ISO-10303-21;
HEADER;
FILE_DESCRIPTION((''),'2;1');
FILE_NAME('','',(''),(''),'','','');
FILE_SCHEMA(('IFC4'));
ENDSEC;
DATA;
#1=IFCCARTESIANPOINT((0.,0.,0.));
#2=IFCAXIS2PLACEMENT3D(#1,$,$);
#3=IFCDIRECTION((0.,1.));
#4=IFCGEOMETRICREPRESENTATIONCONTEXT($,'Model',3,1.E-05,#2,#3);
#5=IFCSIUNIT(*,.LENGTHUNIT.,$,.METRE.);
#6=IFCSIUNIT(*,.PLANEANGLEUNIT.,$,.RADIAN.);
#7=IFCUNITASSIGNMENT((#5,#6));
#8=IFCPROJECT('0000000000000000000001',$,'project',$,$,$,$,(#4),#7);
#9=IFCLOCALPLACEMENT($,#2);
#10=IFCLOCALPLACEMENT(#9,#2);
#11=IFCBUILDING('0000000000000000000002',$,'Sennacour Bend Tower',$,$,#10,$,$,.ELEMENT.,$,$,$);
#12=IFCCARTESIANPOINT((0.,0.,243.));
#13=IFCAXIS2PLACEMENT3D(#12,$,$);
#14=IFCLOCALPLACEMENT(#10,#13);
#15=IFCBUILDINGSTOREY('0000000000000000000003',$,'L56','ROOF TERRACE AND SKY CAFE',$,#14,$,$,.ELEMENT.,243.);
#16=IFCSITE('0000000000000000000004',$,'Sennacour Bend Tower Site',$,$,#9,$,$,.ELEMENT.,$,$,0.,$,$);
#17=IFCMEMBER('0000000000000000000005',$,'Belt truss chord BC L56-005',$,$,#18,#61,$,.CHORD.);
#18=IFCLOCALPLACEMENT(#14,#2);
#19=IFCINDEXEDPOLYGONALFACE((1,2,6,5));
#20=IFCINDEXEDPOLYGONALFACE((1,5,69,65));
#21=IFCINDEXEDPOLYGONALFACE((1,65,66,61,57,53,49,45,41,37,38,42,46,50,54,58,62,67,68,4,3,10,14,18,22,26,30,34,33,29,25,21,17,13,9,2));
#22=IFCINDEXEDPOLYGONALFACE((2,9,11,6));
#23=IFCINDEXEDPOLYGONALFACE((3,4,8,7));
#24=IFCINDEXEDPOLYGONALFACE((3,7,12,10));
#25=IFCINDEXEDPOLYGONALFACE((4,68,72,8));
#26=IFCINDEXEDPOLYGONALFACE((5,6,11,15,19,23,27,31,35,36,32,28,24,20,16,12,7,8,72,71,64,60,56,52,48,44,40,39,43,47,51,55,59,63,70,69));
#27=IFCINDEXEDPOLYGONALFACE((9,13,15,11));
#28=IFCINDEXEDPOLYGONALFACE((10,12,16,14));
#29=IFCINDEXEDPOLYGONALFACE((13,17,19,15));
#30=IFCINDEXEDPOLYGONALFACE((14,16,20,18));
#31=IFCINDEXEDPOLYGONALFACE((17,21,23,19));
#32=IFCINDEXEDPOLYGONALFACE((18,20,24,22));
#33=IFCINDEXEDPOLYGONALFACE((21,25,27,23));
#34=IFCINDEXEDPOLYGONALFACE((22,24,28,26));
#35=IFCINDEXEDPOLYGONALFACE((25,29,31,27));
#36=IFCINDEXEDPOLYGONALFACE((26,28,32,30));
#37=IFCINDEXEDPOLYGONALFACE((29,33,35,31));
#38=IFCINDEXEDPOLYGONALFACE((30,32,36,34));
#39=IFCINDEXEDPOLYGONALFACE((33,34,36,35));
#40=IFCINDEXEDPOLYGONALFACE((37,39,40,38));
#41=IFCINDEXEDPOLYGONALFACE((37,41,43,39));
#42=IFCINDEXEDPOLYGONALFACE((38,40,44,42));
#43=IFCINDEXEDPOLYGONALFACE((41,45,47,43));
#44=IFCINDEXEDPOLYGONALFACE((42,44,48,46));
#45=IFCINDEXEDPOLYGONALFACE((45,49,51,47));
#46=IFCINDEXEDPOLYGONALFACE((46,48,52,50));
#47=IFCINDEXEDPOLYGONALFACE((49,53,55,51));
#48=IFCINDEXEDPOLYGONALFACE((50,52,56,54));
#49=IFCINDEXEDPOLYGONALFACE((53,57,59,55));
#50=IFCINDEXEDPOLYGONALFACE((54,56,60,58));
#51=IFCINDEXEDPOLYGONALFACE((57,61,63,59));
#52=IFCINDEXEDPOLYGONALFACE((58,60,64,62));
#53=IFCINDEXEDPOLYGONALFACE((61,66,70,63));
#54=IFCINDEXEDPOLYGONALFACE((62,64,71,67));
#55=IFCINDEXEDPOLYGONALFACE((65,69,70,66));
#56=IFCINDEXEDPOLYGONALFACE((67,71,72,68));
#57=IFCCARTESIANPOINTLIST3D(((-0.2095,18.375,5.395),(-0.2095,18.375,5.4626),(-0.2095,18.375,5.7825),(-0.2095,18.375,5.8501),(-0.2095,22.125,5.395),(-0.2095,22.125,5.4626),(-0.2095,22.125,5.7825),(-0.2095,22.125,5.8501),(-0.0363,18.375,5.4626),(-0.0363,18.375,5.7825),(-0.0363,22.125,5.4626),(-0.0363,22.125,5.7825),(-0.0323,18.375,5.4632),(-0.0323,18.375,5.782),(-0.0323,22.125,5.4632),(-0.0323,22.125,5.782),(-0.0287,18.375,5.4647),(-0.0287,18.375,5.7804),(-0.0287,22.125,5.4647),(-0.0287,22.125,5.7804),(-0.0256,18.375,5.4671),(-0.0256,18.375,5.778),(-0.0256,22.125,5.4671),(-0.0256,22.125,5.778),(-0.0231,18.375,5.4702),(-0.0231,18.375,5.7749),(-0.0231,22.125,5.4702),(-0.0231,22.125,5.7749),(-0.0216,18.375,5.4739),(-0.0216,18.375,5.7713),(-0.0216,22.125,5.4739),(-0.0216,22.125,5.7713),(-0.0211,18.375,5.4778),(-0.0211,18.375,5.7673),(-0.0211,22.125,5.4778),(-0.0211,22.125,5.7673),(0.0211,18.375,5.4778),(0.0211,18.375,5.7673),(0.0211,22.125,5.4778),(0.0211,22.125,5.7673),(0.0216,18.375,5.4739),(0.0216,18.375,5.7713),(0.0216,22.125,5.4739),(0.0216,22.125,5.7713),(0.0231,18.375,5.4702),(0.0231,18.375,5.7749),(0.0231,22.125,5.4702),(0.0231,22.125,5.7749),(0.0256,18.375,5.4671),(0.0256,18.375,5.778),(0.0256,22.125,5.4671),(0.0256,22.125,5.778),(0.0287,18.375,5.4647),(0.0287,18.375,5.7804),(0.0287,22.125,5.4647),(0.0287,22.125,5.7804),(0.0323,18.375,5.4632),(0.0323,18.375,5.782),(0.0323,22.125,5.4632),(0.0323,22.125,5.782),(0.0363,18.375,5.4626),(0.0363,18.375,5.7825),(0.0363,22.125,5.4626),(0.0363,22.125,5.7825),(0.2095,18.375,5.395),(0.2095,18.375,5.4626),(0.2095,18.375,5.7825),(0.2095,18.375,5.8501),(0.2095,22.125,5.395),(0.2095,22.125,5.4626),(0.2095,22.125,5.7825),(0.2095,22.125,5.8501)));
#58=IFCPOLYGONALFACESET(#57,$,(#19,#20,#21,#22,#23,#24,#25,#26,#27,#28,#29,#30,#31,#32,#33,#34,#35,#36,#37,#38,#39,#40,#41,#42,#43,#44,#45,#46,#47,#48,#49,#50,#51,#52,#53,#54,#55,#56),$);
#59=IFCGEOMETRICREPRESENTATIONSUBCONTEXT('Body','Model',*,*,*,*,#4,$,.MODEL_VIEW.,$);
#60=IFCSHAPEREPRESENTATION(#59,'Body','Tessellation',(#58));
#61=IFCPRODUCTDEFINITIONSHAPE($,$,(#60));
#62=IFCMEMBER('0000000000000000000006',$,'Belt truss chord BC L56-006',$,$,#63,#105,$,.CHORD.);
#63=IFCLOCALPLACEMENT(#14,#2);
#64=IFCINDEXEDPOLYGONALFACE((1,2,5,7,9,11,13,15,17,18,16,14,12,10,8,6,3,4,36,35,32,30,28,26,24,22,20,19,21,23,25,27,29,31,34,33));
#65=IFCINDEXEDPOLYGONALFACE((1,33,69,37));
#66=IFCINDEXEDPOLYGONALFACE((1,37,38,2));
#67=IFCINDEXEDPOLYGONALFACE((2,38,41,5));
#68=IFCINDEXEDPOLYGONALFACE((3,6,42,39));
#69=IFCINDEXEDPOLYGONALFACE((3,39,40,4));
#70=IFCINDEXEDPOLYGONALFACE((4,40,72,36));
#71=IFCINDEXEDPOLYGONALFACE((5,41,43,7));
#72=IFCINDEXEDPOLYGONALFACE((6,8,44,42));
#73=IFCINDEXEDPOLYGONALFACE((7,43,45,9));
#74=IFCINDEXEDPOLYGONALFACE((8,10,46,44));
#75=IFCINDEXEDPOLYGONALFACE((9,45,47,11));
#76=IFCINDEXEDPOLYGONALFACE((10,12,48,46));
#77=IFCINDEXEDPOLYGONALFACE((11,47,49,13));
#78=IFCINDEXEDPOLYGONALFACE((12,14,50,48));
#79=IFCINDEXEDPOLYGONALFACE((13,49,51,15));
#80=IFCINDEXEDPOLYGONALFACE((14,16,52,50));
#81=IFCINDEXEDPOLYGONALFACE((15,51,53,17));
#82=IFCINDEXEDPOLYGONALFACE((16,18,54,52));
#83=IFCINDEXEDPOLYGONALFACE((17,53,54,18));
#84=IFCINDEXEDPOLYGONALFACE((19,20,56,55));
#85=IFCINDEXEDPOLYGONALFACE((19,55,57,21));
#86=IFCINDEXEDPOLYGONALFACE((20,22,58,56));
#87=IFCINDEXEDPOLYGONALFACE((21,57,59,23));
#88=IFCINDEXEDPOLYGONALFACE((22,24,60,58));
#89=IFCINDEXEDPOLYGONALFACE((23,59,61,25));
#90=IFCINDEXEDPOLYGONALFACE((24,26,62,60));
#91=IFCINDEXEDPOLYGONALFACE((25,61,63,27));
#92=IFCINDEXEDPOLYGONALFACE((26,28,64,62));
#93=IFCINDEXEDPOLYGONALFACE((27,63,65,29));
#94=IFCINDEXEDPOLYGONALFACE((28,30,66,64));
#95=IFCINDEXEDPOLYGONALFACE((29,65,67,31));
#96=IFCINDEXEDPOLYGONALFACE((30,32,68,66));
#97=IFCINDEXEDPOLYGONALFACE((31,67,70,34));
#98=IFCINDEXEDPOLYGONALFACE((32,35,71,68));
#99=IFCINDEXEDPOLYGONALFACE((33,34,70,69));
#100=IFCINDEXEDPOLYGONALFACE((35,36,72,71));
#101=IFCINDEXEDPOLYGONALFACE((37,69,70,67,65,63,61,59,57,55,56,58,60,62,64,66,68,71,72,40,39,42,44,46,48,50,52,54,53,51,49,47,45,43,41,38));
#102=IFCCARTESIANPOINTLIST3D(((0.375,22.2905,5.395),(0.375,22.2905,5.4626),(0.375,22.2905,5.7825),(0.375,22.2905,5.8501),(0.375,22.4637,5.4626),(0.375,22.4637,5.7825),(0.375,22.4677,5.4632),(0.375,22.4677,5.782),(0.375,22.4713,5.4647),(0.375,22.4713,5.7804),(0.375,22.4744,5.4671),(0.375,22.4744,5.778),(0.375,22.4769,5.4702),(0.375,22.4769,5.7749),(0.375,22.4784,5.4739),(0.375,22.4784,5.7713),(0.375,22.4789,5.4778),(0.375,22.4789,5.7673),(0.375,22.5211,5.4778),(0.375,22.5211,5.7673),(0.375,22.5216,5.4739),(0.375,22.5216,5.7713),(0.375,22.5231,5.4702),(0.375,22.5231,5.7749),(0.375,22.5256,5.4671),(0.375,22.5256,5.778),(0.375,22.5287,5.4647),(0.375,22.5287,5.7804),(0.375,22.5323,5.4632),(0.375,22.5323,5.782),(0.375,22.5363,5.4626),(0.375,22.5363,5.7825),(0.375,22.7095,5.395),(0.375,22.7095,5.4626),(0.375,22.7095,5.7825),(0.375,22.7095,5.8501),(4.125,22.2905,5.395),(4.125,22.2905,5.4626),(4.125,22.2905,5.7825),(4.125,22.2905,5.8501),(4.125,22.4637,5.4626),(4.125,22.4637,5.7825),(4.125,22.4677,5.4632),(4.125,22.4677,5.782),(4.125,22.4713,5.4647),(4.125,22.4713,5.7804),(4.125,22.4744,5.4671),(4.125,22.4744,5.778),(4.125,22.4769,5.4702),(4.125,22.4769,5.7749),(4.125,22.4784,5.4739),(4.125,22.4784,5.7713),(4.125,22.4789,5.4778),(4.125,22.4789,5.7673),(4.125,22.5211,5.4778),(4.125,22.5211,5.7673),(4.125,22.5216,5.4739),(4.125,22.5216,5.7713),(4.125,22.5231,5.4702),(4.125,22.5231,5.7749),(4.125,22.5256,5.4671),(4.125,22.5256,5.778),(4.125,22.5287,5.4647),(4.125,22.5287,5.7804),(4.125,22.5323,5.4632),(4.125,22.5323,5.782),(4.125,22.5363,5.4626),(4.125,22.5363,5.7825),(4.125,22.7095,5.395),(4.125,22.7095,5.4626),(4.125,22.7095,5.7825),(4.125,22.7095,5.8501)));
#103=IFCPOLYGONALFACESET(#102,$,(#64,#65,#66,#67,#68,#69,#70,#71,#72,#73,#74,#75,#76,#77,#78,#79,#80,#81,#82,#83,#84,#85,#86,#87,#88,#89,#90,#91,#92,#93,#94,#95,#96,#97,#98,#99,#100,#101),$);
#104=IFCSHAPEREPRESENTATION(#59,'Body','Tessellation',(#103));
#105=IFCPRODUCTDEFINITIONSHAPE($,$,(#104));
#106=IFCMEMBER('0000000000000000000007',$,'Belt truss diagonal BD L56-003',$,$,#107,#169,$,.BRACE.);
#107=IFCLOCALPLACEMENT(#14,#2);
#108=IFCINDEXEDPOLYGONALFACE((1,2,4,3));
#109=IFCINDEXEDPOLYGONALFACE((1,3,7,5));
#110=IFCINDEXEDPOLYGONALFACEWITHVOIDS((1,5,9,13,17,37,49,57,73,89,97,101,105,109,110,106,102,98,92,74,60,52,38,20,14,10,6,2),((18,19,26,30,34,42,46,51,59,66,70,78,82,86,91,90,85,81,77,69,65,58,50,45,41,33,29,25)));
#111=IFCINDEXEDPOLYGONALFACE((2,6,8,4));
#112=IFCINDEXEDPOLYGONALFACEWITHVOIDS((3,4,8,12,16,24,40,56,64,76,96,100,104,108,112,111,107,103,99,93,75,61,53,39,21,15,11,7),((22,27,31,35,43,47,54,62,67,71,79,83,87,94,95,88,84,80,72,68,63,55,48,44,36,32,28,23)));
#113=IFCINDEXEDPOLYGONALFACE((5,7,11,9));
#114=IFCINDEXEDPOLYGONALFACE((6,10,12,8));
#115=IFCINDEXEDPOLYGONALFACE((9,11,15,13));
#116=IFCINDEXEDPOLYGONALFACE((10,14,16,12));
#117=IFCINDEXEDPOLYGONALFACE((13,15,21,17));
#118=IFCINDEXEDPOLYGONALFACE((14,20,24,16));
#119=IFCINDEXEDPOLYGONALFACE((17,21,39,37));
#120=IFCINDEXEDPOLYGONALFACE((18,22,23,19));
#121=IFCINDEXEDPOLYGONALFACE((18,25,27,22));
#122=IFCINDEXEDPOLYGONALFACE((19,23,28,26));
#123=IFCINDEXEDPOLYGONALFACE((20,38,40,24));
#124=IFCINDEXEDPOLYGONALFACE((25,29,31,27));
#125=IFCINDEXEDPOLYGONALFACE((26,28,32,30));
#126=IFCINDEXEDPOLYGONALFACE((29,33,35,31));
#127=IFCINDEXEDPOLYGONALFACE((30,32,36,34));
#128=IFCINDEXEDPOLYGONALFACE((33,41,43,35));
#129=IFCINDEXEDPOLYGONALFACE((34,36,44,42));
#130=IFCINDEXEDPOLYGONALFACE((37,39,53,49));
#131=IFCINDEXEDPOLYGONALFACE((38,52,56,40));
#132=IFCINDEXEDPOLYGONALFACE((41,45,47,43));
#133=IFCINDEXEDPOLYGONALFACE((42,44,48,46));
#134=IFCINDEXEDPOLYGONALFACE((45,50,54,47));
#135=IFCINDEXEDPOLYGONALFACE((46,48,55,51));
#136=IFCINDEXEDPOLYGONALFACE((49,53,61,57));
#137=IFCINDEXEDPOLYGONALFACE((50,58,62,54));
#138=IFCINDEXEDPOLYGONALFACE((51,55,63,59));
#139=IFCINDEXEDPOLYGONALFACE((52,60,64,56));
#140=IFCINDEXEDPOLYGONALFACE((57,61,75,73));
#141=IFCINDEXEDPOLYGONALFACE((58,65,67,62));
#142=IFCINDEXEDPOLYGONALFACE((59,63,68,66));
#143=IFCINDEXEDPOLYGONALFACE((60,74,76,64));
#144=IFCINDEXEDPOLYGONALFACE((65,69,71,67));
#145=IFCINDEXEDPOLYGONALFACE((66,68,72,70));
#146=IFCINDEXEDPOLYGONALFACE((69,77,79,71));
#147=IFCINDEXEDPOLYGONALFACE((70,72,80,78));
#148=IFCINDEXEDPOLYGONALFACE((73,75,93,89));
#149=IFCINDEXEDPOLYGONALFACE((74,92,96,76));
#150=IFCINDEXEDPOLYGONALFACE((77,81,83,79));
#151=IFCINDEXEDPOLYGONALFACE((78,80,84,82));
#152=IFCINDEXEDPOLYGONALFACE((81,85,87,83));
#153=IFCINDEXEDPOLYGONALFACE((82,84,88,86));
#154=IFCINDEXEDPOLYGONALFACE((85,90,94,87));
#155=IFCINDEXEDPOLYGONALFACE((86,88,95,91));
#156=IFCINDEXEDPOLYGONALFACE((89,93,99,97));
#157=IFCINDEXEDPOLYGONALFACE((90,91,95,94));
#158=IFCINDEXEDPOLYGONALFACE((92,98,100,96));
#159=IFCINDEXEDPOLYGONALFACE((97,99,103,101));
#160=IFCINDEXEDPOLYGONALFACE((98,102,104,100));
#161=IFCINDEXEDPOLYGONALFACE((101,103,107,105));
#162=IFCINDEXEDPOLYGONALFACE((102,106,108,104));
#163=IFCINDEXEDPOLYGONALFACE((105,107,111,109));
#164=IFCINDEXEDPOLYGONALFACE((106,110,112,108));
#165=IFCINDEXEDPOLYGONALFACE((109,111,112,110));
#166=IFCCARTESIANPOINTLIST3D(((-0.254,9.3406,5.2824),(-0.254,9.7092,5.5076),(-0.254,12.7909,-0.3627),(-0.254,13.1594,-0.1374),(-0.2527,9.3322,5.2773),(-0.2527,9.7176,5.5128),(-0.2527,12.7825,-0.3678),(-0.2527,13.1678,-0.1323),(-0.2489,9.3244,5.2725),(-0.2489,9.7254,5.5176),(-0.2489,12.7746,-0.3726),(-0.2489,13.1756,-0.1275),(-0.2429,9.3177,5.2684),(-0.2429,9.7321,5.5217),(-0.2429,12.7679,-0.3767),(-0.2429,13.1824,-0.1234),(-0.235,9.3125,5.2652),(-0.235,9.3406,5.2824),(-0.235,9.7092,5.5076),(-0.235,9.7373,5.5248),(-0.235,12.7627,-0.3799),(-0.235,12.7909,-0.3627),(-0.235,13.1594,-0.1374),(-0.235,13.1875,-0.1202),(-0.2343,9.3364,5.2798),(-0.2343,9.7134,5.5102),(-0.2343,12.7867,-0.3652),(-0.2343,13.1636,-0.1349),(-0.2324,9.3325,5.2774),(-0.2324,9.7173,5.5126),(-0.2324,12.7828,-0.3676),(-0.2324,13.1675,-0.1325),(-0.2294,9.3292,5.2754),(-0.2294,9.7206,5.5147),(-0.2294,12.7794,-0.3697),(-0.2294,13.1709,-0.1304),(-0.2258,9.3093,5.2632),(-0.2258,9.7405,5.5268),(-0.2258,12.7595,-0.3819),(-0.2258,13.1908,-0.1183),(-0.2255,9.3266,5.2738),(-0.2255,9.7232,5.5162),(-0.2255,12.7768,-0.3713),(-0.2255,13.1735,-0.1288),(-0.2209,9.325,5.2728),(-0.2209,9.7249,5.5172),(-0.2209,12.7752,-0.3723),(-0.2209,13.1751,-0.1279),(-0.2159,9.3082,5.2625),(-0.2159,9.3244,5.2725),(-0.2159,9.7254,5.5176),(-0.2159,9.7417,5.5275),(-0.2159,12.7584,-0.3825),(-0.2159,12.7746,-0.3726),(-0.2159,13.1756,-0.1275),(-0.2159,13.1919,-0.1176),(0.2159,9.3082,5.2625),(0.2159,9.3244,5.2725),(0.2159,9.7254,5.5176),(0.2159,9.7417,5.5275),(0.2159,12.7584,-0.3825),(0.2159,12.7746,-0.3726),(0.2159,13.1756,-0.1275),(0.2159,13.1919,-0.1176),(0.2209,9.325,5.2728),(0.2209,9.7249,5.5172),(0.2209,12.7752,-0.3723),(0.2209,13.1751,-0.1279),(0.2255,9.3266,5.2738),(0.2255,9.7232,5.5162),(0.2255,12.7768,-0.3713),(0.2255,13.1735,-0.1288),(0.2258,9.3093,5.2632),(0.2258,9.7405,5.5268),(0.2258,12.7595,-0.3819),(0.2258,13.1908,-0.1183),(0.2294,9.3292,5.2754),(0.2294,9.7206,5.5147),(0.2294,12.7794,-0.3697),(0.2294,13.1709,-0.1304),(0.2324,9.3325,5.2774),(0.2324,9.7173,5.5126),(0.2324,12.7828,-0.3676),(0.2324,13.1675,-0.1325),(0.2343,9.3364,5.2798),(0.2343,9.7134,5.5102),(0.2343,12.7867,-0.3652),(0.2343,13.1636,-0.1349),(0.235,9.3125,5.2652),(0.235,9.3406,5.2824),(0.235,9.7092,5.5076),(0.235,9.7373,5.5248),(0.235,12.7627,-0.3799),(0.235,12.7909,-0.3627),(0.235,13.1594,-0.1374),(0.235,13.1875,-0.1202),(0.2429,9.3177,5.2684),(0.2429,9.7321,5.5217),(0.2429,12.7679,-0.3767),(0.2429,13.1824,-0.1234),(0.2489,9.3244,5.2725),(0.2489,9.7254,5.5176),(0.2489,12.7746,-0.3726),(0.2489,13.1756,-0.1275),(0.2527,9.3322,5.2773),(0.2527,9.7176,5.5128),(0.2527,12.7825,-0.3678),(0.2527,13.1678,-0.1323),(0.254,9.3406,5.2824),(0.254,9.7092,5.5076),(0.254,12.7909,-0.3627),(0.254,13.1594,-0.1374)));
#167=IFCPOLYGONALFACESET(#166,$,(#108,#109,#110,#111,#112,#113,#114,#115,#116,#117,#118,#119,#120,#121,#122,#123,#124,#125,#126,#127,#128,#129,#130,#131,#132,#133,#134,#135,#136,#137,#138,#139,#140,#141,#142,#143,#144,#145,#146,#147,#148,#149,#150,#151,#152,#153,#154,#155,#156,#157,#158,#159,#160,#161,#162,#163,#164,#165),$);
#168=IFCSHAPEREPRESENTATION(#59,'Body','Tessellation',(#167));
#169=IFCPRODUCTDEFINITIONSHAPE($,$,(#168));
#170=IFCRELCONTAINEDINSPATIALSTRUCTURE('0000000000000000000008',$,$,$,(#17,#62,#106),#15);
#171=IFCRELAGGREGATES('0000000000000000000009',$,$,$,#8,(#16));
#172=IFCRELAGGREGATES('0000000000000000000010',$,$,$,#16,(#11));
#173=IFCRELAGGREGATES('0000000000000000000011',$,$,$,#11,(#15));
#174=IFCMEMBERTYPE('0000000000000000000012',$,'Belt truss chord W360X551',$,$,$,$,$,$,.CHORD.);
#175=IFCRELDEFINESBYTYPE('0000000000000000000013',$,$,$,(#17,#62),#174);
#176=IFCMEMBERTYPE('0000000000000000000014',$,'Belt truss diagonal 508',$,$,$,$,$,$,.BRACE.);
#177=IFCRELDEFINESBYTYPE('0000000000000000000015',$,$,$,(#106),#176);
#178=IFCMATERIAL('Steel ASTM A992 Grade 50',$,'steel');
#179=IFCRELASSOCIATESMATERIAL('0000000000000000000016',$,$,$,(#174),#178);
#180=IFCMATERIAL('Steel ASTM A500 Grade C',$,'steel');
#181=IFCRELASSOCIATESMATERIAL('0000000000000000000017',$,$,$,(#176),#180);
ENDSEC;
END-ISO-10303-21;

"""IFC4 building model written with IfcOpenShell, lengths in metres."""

from ifc_helpers import new_model, si_unit, direction, frame, origin, origin_2d, place, context, subcontext, project, spatial, hollow_rectangle, i_section, extrude, material, material_profile, profile_set, type_object, element, save


model = new_model("IFC4")

# Units and contexts
model_context = context("Model", 3, precision=1e-05, world=origin(), true_north=direction((0.0, 1.0)))
body_context = subcontext(model_context, "Body", "Model", "MODEL_VIEW")
ifc_project = project(units=[si_unit("LENGTHUNIT", "METRE"), si_unit("PLANEANGLEUNIT", "RADIAN")], contexts=[model_context])

# Site, building, storey
site_placement = place(None, origin())
site = spatial("IfcSite", under=ifc_project, at=site_placement, Name="Sennacour Bend Tower Site", CompositionType="ELEMENT", RefElevation=0.0)
building_placement = place(site_placement, origin())
building = spatial("IfcBuilding", under=site, at=building_placement, Name="Sennacour Bend Tower", CompositionType="ELEMENT")
storey_placement = place(building_placement, frame((0.0, 0.0, 243.0)))
storey = spatial("IfcBuildingStorey", under=building, at=storey_placement, Name="L56", Description="ROOF TERRACE AND SKY CAFE", CompositionType="ELEMENT", Elevation=243.0)

# Members
ifc_material_1 = material(Name="Steel ASTM A992 Grade 50", Category="steel")
ifc_material_profile_1 = material_profile(ifc_material_1, i_section(OverallWidth=0.4189, OverallDepth=0.4551, WebThickness=0.0422, FlangeThickness=0.0676, FilletRadius=0.0151, at=origin_2d()), Name="Steel ASTM A992 Grade 50", Category="steel")
ifc_profile_set_1 = profile_set([ifc_material_profile_1], Name="Steel ASTM A992 Grade 50")
member_type_1 = type_object("IfcMemberType", Name="Belt truss chord W360X551", PredefinedType="CHORD", material=ifc_profile_set_1)
for number, where, z_axis, x_axis, name in (
    (1, (0.0, 18.375, 5.6226), (0.0, 1.0, 0.0), (-1.0, 0.0, 0.0), "Belt truss chord BC L56-005"),
    (2, (0.375, 22.5, 5.6226), (1.0, 0.0, 0.0), (0.0, 1.0, 0.0), "Belt truss chord BC L56-006"),
):
    element("IfcMember", number, at=place(storey_placement, frame(where, z_axis=z_axis, x_axis=x_axis)), inside=storey, type_object=member_type_1, Name=name, PredefinedType="CHORD", context=body_context, shape_type="SweptSolid", body=[
        extrude(i_section(OverallWidth=0.4189, OverallDepth=0.4551, WebThickness=0.0422, FlangeThickness=0.0676, FilletRadius=0.0151, at=origin_2d()), origin(), (0.0, 0.0, 1.0), 3.75),
    ])
ifc_material_2 = material(Name="Steel ASTM A500 Grade C", Category="steel")
ifc_material_profile_2 = material_profile(ifc_material_2, hollow_rectangle(XDim=0.5081, YDim=0.5081, WallThickness=0.019, InnerFilletRadius=0.019, OuterFilletRadius=0.0381, at=origin_2d()), Name="Steel ASTM A500 Grade C", Category="steel")
ifc_profile_set_2 = profile_set([ifc_material_profile_2], Name="Steel ASTM A500 Grade C")
member_type_2 = type_object("IfcMemberType", Name="Belt truss diagonal 508", PredefinedType="BRACE", material=ifc_profile_set_2)
for number, where, z_axis, x_axis, name in (
    (3, (0.0, 9.5249, 5.395), (0.0, 0.521501, -0.853251), (-1.0, 0.0, 0.0), "Belt truss diagonal BD L56-003"),
):
    element("IfcMember", number, at=place(storey_placement, frame(where, z_axis=z_axis, x_axis=x_axis)), inside=storey, type_object=member_type_2, Name=name, PredefinedType="BRACE", context=body_context, shape_type="SweptSolid", body=[
        extrude(hollow_rectangle(XDim=0.5081, YDim=0.5081, WallThickness=0.019, InnerFilletRadius=0.019, OuterFilletRadius=0.0381, at=origin_2d()), origin(), (0.0, 0.0, 1.0), 6.616),
    ])

save(model, "model.ifc")
